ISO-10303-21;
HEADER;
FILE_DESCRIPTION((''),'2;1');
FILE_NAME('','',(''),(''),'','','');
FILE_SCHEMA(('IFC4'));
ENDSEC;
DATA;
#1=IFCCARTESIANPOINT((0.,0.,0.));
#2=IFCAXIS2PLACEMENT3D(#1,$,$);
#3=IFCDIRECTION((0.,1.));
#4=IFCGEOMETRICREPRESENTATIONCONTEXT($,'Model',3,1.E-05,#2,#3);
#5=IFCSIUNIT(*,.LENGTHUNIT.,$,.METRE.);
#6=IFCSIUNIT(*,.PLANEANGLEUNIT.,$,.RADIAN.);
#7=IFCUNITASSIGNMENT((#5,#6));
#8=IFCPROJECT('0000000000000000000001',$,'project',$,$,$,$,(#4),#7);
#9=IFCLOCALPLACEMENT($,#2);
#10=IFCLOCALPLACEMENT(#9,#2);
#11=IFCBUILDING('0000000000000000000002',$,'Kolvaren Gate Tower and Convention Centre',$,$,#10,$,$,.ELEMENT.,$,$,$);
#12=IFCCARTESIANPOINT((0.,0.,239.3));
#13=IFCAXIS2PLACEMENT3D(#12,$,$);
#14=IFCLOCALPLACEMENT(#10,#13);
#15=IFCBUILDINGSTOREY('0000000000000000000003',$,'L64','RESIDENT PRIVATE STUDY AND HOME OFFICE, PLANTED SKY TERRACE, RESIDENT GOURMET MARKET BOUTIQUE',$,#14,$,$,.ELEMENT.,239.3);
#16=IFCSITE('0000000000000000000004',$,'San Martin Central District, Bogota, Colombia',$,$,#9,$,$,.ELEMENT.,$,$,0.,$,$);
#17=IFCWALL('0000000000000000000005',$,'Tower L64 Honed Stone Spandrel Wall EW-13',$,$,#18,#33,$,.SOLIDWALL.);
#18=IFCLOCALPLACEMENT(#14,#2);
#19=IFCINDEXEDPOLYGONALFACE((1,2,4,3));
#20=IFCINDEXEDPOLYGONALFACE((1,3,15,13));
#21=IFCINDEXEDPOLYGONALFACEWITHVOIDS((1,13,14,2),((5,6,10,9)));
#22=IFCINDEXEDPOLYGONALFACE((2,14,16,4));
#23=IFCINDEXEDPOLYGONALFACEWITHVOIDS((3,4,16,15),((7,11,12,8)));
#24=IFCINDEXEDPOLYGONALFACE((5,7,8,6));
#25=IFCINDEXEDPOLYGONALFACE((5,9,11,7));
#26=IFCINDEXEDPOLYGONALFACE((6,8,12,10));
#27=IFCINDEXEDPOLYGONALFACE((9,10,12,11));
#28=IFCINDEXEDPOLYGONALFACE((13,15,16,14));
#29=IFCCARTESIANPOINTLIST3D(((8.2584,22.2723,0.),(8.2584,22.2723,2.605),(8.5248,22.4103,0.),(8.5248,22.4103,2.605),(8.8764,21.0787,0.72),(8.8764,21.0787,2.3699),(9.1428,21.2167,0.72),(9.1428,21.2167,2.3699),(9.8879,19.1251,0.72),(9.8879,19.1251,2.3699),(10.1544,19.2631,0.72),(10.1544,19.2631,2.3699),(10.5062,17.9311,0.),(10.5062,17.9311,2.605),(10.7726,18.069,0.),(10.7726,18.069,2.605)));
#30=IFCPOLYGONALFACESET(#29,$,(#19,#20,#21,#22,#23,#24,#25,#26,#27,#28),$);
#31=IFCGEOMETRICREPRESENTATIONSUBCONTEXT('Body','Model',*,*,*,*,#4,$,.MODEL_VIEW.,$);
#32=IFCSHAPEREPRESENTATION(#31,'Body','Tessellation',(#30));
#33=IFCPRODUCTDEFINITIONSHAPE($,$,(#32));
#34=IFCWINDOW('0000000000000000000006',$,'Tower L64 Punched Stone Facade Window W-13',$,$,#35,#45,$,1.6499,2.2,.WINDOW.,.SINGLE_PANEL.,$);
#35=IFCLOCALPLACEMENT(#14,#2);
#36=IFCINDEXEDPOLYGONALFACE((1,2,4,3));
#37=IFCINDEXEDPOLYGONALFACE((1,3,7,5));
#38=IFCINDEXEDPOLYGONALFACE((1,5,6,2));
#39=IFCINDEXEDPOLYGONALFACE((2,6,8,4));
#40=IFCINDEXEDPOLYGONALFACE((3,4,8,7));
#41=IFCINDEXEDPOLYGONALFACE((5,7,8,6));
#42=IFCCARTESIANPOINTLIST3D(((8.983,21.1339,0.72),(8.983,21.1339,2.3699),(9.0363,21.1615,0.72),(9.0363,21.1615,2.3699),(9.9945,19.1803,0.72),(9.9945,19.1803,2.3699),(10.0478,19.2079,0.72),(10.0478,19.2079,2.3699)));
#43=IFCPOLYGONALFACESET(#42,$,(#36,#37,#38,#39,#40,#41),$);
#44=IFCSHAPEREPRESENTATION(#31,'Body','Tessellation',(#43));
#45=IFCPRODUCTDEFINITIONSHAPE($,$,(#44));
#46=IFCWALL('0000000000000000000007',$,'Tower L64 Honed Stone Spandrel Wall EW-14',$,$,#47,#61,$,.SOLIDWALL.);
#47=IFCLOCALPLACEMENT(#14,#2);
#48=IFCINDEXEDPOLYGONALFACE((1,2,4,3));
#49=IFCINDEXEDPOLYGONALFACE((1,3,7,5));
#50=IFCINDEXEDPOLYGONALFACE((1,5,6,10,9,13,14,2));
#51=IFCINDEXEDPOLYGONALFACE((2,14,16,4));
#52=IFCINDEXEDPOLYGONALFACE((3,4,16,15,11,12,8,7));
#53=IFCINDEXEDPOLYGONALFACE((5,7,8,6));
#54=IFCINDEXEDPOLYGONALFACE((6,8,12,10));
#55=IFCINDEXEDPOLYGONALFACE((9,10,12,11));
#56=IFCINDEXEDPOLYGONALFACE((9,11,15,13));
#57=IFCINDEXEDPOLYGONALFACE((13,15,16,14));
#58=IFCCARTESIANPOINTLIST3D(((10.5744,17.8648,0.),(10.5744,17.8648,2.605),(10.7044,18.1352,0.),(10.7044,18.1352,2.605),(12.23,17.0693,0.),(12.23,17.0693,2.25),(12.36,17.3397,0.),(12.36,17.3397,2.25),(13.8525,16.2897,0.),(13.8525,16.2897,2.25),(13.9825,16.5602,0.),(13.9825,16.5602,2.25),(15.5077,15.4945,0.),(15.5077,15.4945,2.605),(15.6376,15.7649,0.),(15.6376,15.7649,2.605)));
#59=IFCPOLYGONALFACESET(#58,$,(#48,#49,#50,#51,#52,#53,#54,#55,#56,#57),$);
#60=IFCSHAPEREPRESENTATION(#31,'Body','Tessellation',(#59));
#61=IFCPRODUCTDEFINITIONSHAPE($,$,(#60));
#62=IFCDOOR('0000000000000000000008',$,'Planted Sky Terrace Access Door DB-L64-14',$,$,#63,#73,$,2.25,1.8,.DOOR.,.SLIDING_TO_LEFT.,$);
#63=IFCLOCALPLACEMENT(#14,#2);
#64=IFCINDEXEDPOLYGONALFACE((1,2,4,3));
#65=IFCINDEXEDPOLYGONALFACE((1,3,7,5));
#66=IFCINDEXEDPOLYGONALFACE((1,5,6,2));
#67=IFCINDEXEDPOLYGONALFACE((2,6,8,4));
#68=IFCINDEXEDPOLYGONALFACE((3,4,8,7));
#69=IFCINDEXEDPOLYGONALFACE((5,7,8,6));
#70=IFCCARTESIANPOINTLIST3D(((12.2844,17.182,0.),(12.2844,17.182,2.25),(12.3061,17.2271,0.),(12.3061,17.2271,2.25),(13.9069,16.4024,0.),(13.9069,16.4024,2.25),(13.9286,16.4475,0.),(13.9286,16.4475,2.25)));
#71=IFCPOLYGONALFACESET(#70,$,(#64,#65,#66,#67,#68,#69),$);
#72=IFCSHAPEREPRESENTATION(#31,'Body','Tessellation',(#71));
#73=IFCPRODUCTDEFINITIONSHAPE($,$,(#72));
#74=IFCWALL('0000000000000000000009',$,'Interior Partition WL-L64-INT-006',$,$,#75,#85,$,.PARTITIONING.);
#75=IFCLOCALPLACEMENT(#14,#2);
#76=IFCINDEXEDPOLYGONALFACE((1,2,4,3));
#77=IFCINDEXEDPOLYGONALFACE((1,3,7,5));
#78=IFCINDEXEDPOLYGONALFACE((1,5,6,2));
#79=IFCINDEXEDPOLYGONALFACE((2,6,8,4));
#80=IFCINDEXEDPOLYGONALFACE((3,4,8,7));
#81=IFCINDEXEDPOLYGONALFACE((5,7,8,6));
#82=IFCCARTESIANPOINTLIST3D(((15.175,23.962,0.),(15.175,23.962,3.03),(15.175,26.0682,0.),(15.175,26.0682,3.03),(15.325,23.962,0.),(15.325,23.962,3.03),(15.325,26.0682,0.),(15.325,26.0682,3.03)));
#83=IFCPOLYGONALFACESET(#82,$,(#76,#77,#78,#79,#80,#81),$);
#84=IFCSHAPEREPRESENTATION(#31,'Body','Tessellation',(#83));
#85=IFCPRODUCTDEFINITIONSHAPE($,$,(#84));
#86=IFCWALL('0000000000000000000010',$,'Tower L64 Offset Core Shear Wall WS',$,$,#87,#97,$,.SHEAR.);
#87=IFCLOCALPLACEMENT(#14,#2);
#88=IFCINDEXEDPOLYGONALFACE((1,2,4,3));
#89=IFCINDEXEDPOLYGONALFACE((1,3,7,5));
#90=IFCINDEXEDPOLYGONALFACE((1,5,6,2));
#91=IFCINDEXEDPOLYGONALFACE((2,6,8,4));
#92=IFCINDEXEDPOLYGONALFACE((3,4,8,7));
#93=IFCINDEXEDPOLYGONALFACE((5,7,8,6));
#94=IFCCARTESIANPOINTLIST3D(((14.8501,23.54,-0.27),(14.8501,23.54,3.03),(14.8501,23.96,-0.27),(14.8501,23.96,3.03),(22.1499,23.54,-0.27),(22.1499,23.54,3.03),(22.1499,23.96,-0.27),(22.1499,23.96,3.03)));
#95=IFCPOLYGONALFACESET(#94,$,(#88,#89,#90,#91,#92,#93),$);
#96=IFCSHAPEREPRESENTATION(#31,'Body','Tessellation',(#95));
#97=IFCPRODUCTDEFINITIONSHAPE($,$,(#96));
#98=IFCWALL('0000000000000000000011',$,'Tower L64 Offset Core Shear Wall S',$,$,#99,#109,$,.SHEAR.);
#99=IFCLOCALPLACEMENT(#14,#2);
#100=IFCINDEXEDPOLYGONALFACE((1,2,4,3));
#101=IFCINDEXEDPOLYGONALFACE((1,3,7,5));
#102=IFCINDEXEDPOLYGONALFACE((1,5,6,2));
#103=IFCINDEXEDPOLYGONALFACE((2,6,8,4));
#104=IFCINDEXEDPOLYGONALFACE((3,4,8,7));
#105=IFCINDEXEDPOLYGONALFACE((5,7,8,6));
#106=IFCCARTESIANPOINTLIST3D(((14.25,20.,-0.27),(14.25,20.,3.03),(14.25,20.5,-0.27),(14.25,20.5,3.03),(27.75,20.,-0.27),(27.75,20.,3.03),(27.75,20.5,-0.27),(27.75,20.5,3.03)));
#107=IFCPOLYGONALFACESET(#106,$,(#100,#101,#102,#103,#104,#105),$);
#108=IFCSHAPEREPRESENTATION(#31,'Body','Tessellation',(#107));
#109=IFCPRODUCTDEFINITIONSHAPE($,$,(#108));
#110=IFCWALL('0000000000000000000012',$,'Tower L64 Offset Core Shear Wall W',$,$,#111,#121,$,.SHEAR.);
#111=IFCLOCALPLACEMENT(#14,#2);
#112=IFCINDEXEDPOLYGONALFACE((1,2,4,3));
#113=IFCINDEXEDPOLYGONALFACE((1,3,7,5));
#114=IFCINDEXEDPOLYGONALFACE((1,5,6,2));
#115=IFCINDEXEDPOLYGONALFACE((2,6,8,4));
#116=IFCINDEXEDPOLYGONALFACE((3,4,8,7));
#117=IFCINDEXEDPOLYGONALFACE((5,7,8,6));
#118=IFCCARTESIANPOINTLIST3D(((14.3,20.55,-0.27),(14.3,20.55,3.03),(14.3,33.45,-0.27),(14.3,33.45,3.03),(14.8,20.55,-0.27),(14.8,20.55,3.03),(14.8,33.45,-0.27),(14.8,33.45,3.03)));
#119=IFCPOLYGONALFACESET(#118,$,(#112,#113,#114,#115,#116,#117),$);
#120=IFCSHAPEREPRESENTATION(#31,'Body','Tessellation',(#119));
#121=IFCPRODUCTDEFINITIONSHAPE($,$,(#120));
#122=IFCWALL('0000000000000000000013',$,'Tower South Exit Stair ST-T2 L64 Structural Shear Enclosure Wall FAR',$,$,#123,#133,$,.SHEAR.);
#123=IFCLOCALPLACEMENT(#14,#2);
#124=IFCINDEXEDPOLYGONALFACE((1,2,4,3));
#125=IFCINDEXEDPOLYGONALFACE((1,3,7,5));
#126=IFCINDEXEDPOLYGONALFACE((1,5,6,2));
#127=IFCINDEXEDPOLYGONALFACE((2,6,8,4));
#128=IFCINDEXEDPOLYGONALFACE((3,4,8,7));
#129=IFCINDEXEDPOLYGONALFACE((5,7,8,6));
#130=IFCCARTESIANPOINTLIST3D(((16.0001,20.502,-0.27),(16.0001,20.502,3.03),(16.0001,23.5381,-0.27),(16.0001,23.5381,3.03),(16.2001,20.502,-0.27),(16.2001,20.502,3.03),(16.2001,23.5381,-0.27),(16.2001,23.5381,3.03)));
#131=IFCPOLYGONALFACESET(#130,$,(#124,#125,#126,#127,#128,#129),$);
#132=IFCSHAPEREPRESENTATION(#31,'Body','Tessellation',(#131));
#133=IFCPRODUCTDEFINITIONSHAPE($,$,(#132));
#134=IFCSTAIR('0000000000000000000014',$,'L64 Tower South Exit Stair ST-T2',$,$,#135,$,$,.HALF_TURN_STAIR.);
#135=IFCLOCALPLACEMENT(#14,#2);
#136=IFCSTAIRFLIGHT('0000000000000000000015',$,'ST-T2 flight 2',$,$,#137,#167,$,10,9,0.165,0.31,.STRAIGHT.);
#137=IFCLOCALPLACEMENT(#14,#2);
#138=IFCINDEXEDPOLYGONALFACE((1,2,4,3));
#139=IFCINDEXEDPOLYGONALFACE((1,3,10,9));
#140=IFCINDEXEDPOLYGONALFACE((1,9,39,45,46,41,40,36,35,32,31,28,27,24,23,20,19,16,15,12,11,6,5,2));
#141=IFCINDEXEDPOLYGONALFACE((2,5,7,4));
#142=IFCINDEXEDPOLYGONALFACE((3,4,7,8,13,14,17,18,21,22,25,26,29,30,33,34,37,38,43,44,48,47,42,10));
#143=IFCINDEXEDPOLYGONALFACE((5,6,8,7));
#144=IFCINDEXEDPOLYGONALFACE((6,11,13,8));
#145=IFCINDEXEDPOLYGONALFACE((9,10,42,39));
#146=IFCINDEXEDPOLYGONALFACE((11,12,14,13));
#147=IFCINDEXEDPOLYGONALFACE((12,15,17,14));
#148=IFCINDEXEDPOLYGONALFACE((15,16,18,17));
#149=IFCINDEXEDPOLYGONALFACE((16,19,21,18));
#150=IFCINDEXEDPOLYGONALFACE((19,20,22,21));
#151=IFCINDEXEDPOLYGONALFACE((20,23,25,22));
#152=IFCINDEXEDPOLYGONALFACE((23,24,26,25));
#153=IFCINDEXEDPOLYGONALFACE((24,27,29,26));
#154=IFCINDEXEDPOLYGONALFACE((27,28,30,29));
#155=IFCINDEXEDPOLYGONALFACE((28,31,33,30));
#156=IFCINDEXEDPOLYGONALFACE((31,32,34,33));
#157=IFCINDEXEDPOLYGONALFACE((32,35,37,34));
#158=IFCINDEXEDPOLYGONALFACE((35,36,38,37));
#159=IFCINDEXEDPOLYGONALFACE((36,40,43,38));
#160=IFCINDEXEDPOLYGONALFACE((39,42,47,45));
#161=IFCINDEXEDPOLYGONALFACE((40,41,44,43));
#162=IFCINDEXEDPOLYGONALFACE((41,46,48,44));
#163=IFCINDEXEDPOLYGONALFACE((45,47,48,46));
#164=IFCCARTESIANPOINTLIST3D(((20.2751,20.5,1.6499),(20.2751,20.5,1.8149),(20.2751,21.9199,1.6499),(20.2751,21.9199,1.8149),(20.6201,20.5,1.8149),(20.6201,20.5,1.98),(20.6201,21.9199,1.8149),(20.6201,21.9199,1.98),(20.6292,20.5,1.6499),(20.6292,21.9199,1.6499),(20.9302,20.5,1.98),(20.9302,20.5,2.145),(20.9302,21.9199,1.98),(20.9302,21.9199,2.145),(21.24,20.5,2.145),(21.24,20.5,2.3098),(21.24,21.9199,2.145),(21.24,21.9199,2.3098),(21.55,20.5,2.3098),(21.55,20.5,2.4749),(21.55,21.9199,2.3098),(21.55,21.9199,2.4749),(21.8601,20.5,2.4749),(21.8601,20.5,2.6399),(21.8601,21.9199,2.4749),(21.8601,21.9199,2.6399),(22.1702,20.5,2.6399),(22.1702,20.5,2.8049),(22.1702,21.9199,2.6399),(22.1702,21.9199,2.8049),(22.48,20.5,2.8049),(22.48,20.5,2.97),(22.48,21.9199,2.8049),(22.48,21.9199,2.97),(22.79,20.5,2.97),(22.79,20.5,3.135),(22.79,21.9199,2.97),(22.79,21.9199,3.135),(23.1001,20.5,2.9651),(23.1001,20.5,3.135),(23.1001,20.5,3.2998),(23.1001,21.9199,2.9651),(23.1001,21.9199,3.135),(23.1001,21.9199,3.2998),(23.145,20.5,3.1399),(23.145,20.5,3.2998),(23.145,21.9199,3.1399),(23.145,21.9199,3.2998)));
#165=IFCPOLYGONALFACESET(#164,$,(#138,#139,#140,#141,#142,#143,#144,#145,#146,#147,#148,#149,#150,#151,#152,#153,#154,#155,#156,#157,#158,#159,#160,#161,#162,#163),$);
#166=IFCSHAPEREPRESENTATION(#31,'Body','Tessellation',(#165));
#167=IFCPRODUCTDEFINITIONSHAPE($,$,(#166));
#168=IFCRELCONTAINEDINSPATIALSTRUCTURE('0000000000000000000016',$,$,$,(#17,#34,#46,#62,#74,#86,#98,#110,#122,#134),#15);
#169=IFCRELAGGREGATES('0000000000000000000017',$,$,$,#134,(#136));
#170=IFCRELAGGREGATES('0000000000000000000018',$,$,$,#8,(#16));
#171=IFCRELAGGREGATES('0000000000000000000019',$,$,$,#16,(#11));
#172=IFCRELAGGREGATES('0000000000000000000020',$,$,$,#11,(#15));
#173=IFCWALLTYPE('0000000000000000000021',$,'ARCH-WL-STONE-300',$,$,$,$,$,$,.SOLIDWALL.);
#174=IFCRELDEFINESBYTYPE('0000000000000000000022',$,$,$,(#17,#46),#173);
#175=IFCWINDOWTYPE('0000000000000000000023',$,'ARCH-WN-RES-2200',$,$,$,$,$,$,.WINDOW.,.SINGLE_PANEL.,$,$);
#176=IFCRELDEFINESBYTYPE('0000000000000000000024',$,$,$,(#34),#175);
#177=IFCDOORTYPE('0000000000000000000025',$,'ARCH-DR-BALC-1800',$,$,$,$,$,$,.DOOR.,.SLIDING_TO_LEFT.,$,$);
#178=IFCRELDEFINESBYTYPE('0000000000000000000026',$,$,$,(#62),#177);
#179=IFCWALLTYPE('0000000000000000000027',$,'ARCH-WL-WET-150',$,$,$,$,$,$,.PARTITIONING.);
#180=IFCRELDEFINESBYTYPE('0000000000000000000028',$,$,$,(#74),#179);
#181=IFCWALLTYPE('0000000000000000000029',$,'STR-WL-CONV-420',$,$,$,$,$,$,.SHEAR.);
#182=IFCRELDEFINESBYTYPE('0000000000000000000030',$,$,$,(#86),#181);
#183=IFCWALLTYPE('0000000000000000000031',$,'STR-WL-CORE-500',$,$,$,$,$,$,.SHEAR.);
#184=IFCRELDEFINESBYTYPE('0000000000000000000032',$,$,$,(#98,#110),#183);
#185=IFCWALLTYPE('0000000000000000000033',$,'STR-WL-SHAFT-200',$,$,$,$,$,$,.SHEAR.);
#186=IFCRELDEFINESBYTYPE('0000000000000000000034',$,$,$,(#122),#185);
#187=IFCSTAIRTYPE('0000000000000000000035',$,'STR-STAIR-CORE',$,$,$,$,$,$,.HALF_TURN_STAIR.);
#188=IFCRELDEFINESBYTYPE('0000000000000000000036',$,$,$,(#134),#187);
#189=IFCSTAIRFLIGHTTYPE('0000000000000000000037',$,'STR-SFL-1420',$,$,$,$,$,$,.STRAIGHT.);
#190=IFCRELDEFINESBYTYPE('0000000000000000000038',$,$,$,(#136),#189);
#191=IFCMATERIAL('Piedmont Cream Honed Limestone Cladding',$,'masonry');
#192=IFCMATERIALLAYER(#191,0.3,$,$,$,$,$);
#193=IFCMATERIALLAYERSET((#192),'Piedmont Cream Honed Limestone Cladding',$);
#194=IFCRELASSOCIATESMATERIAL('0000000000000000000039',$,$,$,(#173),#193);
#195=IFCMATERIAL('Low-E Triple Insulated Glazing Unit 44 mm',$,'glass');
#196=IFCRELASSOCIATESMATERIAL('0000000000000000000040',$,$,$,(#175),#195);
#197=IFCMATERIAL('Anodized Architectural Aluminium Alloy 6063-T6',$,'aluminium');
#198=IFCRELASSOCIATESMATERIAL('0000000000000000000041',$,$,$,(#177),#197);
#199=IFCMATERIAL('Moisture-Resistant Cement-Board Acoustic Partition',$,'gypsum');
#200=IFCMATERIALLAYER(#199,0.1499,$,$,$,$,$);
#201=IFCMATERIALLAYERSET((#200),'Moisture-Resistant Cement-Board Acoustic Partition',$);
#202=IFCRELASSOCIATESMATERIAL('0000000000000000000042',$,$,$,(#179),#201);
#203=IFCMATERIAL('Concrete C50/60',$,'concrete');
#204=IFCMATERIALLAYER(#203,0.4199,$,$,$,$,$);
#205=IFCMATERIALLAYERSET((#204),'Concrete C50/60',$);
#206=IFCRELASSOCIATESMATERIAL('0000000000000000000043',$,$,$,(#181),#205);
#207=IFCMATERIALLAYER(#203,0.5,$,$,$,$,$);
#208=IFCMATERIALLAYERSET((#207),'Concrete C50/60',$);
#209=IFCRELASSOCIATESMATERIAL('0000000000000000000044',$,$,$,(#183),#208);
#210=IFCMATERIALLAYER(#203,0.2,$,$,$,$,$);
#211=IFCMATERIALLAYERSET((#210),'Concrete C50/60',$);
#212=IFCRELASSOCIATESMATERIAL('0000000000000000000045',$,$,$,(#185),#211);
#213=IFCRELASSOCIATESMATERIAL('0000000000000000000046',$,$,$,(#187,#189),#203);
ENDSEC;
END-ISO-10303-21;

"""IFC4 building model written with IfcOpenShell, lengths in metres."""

from ifc_helpers import new_model, si_unit, direction, frame, frame_2d, origin, place, context, subcontext, project, spatial, polyline, rectangle, outline, extrude, material, layer, layer_set, type_object, element, fill, aggregate, save


model = new_model("IFC4")

# Units and contexts
model_context = context("Model", 3, precision=1e-05, world=origin(), true_north=direction((0.0, 1.0)))
body_context = subcontext(model_context, "Body", "Model", "MODEL_VIEW")
ifc_project = project(units=[si_unit("LENGTHUNIT", "METRE"), si_unit("PLANEANGLEUNIT", "RADIAN")], contexts=[model_context])

# Site, building, storey
site_placement = place(None, origin())
site = spatial("IfcSite", under=ifc_project, at=site_placement, Name="San Martin Central District, Bogota, Colombia", CompositionType="ELEMENT", RefElevation=0.0)
building_placement = place(site_placement, origin())
building = spatial("IfcBuilding", under=site, at=building_placement, Name="Kolvaren Gate Tower and Convention Centre", CompositionType="ELEMENT")
storey_placement = place(building_placement, frame((0.0, 0.0, 239.3)))
storey = spatial("IfcBuildingStorey", under=building, at=storey_placement, Name="L64", Description="RESIDENT PRIVATE STUDY AND HOME OFFICE, PLANTED SKY TERRACE, RESIDENT GOURMET MARKET BOUTIQUE", CompositionType="ELEMENT", Elevation=239.3)

# Shared definitions
ifc_material_1 = material(Name="Piedmont Cream Honed Limestone Cladding", Category="masonry")

# Wall, opening, window
ifc_layer_1 = layer(ifc_material_1, 0.3)
ifc_layer_set_1 = layer_set([ifc_layer_1], Name="Piedmont Cream Honed Limestone Cladding")
wall_type_1 = type_object("IfcWallType", Name="ARCH-WL-STONE-300", PredefinedType="SOLIDWALL", material=ifc_layer_set_1)
wall_1_placement = place(storey_placement, frame((8.3916, 22.3413, 0.0), z_axis=(0.0, 0.0, 1.0), x_axis=(0.459794, -0.888026, 0.0)))
wall_1 = element("IfcWall", 1, at=wall_1_placement, inside=storey, type_object=wall_type_1, Name="Tower L64 Honed Stone Spandrel Wall EW-13", PredefinedType="SOLIDWALL", context=body_context, shape_type="SweptSolid", body=[
    extrude(rectangle(XDim=4.8887, YDim=0.3, at=frame_2d((2.4443, 0.0))), origin(), (0.0, 0.0, 1.0), 2.605),
])
opening_1_placement = place(wall_1_placement, frame((1.344, 0.0, 0.72)))
opening_1 = element("IfcOpeningElement", 2, at=opening_1_placement, cuts=wall_1, PredefinedType="OPENING", context=body_context, shape_type="SweptSolid", body=[
    extrude(rectangle(XDim=2.2, YDim=1.6499, at=frame_2d((1.1001, 0.825))), frame((0.0, 0.1599, 0.0), z_axis=(0.0, -1.0, 0.0), x_axis=(1.0, 0.0, 0.0)), (0.0, 0.0, 1.0), 0.3201),
])
ifc_material_2 = material(Name="Low-E Triple Insulated Glazing Unit 44 mm", Category="glass")
window_type = type_object("IfcWindowType", Name="ARCH-WN-RES-2200", PartitioningType="SINGLE_PANEL", PredefinedType="WINDOW", material=ifc_material_2)
window_placement = place(opening_1_placement, origin())
window = element("IfcWindow", 3, at=window_placement, inside=storey, type_object=window_type, Name="Tower L64 Punched Stone Facade Window W-13", OverallHeight=1.6499, OverallWidth=2.2, PartitioningType="SINGLE_PANEL", PredefinedType="WINDOW", context=body_context, shape_type="SweptSolid", body=[
    extrude(rectangle(XDim=2.2, YDim=1.6499, at=frame_2d((1.1001, 0.825))), frame((0.0, 0.03, 0.0), z_axis=(0.0, -1.0, 0.0), x_axis=(1.0, 0.0, 0.0)), (0.0, 0.0, 1.0), 0.0601),
])
fill(opening_1, window)

# Wall, opening, door
wall_2_placement = place(storey_placement, frame((10.6394, 18.0, 0.0), z_axis=(0.0, 0.0, 1.0), x_axis=(0.901355, -0.433081, 0.0)))
wall_2 = element("IfcWall", 4, at=wall_2_placement, inside=storey, type_object=wall_type_1, Name="Tower L64 Honed Stone Spandrel Wall EW-14", PredefinedType="SOLIDWALL", context=body_context, shape_type="SweptSolid", body=[
    extrude(rectangle(XDim=5.4731, YDim=0.3, at=frame_2d((2.7366, 0.0))), origin(), (0.0, 0.0, 1.0), 2.605),
])
opening_2_placement = place(wall_2_placement, frame((1.8369, 0.0, 0.0)))
opening_2 = element("IfcOpeningElement", 5, at=opening_2_placement, cuts=wall_2, PredefinedType="OPENING", context=body_context, shape_type="SweptSolid", body=[
    extrude(rectangle(XDim=1.8, YDim=2.25, at=frame_2d((0.8999, 1.125))), frame((0.0, 0.1599, 0.0), z_axis=(0.0, -1.0, 0.0), x_axis=(1.0, 0.0, 0.0)), (0.0, 0.0, 1.0), 0.3201),
])
ifc_material_3 = material(Name="Anodized Architectural Aluminium Alloy 6063-T6", Category="aluminium")
door_type = type_object("IfcDoorType", Name="ARCH-DR-BALC-1800", OperationType="SLIDING_TO_LEFT", PredefinedType="DOOR", material=ifc_material_3)
door_placement = place(opening_2_placement, frame((1.8, 0.0, 0.0), z_axis=(0.0, 0.0, 1.0), x_axis=(-1.0, 0.0, 0.0)))
door = element("IfcDoor", 6, at=door_placement, inside=storey, type_object=door_type, Name="Planted Sky Terrace Access Door DB-L64-14", OperationType="SLIDING_TO_LEFT", OverallHeight=2.25, OverallWidth=1.8, PredefinedType="DOOR", context=body_context, shape_type="SweptSolid", body=[
    extrude(rectangle(XDim=1.8, YDim=2.25, at=frame_2d((0.8999, 1.125))), frame((0.0, 0.0249, 0.0), z_axis=(0.0, -1.0, 0.0), x_axis=(1.0, 0.0, 0.0)), (0.0, 0.0, 1.0), 0.05),
])
fill(opening_2, door)

# Walls
ifc_material_4 = material(Name="Moisture-Resistant Cement-Board Acoustic Partition", Category="gypsum")
ifc_layer_2 = layer(ifc_material_4, 0.1499)
ifc_layer_set_2 = layer_set([ifc_layer_2], Name="Moisture-Resistant Cement-Board Acoustic Partition")
wall_type_2 = type_object("IfcWallType", Name="ARCH-WL-WET-150", PredefinedType="PARTITIONING", material=ifc_layer_set_2)
wall_3_placement = place(storey_placement, frame((15.25, 23.9619, 0.0), z_axis=(0.0, 0.0, 1.0), x_axis=(0.0, 1.0, 0.0)))
element("IfcWall", 7, at=wall_3_placement, inside=storey, type_object=wall_type_2, Name="Interior Partition WL-L64-INT-006", PredefinedType="PARTITIONING", context=body_context, shape_type="SweptSolid", body=[
    extrude(rectangle(XDim=2.1062, YDim=0.1499, at=frame_2d((1.0532, 0.0))), origin(), (0.0, 0.0, 1.0), 3.03),
])
ifc_material_5 = material(Name="Concrete C50/60", Category="concrete")
ifc_layer_3 = layer(ifc_material_5, 0.4199)
ifc_layer_set_3 = layer_set([ifc_layer_3], Name="Concrete C50/60")
wall_type_3 = type_object("IfcWallType", Name="STR-WL-CONV-420", PredefinedType="SHEAR", material=ifc_layer_set_3)
wall_4_placement = place(storey_placement, frame((14.8501, 23.75, -0.27), z_axis=(0.0, 0.0, 1.0), x_axis=(1.0, 0.0, 0.0)))
element("IfcWall", 8, at=wall_4_placement, inside=storey, type_object=wall_type_3, Name="Tower L64 Offset Core Shear Wall WS", PredefinedType="SHEAR", context=body_context, shape_type="SweptSolid", body=[
    extrude(rectangle(XDim=7.2998, YDim=0.4199, at=frame_2d((3.6499, 0.0))), origin(), (0.0, 0.0, 1.0), 3.3),
])
ifc_layer_4 = layer(ifc_material_5, 0.5)
ifc_layer_set_4 = layer_set([ifc_layer_4], Name="Concrete C50/60")
wall_type_4 = type_object("IfcWallType", Name="STR-WL-CORE-500", PredefinedType="SHEAR", material=ifc_layer_set_4)
wall_5_placement = place(storey_placement, frame((14.25, 20.25, -0.27), z_axis=(0.0, 0.0, 1.0), x_axis=(1.0, 0.0, 0.0)))
element("IfcWall", 9, at=wall_5_placement, inside=storey, type_object=wall_type_4, Name="Tower L64 Offset Core Shear Wall S", PredefinedType="SHEAR", context=body_context, shape_type="SweptSolid", body=[
    extrude(rectangle(XDim=13.5, YDim=0.5, at=frame_2d((6.75, 0.0))), origin(), (0.0, 0.0, 1.0), 3.3),
])
wall_6_placement = place(storey_placement, frame((14.55, 20.55, -0.27), z_axis=(0.0, 0.0, 1.0), x_axis=(0.0, 1.0, 0.0)))
element("IfcWall", 10, at=wall_6_placement, inside=storey, type_object=wall_type_4, Name="Tower L64 Offset Core Shear Wall W", PredefinedType="SHEAR", context=body_context, shape_type="SweptSolid", body=[
    extrude(rectangle(XDim=12.8999, YDim=0.5, at=frame_2d((6.45, 0.0))), origin(), (0.0, 0.0, 1.0), 3.3),
])
ifc_layer_5 = layer(ifc_material_5, 0.2)
ifc_layer_set_5 = layer_set([ifc_layer_5], Name="Concrete C50/60")
wall_type_5 = type_object("IfcWallType", Name="STR-WL-SHAFT-200", PredefinedType="SHEAR", material=ifc_layer_set_5)
wall_7_placement = place(storey_placement, frame((16.1001, 20.502, -0.27), z_axis=(0.0, 0.0, 1.0), x_axis=(0.0, 1.0, 0.0)))
element("IfcWall", 11, at=wall_7_placement, inside=storey, type_object=wall_type_5, Name="Tower South Exit Stair ST-T2 L64 Structural Shear Enclosure Wall FAR", PredefinedType="SHEAR", context=body_context, shape_type="SweptSolid", body=[
    extrude(rectangle(XDim=3.0361, YDim=0.2, at=frame_2d((1.5181, 0.0))), origin(), (0.0, 0.0, 1.0), 3.3),
])

# Stair, stair flight
stair_type = type_object("IfcStairType", Name="STR-STAIR-CORE", PredefinedType="HALF_TURN_STAIR", material=ifc_material_5)
stair_placement = place(storey_placement, origin())
stair = element("IfcStair", 12, at=stair_placement, inside=storey, type_object=stair_type, Name="L64 Tower South Exit Stair ST-T2", PredefinedType="HALF_TURN_STAIR")
stair_flight_type = type_object("IfcStairFlightType", Name="STR-SFL-1420", PredefinedType="STRAIGHT", material=ifc_material_5)
stair_flight_placement = place(storey_placement, frame((20.3101, 21.21, 1.6499), z_axis=(0.0, 0.0, 1.0), x_axis=(1.0, 0.0, 0.0)))
stair_flight = element("IfcStairFlight", 13, at=stair_flight_placement, type_object=stair_flight_type, Name="ST-T2 flight 2", NumberOfRisers=10, NumberOfTreads=9, PredefinedType="STRAIGHT", RiserHeight=0.165, TreadLength=0.31, context=body_context, shape_type="SweptSolid", body=[
    extrude(outline(polyline([(-0.0349, 0.0), (-0.0349, 0.165), (0.3101, 0.165), (0.3101, 0.3301), (0.6201, 0.3301), (0.6201, 0.4951), (0.9299, 0.4951), (0.9299, 0.6599), (1.24, 0.6599), (1.24, 0.825), (1.55, 0.825), (1.55, 0.99), (1.8601, 0.99), (1.8601, 1.155), (2.1699, 1.155), (2.1699, 1.3201), (2.48, 1.3201), (2.48, 1.4851), (2.79, 1.4851), (2.79, 1.6499), (2.835, 1.6499), (2.835, 1.49), (2.79, 1.3152), (0.3191, 0.0), (-0.0349, 0.0)])), frame((0.0, 0.71, 0.0), z_axis=(0.0, -1.0, 0.0), x_axis=(1.0, 0.0, 0.0)), (0.0, 0.0, 1.0), 1.4199),
])
aggregate(stair, [stair_flight])

save(model, "model.ifc")
